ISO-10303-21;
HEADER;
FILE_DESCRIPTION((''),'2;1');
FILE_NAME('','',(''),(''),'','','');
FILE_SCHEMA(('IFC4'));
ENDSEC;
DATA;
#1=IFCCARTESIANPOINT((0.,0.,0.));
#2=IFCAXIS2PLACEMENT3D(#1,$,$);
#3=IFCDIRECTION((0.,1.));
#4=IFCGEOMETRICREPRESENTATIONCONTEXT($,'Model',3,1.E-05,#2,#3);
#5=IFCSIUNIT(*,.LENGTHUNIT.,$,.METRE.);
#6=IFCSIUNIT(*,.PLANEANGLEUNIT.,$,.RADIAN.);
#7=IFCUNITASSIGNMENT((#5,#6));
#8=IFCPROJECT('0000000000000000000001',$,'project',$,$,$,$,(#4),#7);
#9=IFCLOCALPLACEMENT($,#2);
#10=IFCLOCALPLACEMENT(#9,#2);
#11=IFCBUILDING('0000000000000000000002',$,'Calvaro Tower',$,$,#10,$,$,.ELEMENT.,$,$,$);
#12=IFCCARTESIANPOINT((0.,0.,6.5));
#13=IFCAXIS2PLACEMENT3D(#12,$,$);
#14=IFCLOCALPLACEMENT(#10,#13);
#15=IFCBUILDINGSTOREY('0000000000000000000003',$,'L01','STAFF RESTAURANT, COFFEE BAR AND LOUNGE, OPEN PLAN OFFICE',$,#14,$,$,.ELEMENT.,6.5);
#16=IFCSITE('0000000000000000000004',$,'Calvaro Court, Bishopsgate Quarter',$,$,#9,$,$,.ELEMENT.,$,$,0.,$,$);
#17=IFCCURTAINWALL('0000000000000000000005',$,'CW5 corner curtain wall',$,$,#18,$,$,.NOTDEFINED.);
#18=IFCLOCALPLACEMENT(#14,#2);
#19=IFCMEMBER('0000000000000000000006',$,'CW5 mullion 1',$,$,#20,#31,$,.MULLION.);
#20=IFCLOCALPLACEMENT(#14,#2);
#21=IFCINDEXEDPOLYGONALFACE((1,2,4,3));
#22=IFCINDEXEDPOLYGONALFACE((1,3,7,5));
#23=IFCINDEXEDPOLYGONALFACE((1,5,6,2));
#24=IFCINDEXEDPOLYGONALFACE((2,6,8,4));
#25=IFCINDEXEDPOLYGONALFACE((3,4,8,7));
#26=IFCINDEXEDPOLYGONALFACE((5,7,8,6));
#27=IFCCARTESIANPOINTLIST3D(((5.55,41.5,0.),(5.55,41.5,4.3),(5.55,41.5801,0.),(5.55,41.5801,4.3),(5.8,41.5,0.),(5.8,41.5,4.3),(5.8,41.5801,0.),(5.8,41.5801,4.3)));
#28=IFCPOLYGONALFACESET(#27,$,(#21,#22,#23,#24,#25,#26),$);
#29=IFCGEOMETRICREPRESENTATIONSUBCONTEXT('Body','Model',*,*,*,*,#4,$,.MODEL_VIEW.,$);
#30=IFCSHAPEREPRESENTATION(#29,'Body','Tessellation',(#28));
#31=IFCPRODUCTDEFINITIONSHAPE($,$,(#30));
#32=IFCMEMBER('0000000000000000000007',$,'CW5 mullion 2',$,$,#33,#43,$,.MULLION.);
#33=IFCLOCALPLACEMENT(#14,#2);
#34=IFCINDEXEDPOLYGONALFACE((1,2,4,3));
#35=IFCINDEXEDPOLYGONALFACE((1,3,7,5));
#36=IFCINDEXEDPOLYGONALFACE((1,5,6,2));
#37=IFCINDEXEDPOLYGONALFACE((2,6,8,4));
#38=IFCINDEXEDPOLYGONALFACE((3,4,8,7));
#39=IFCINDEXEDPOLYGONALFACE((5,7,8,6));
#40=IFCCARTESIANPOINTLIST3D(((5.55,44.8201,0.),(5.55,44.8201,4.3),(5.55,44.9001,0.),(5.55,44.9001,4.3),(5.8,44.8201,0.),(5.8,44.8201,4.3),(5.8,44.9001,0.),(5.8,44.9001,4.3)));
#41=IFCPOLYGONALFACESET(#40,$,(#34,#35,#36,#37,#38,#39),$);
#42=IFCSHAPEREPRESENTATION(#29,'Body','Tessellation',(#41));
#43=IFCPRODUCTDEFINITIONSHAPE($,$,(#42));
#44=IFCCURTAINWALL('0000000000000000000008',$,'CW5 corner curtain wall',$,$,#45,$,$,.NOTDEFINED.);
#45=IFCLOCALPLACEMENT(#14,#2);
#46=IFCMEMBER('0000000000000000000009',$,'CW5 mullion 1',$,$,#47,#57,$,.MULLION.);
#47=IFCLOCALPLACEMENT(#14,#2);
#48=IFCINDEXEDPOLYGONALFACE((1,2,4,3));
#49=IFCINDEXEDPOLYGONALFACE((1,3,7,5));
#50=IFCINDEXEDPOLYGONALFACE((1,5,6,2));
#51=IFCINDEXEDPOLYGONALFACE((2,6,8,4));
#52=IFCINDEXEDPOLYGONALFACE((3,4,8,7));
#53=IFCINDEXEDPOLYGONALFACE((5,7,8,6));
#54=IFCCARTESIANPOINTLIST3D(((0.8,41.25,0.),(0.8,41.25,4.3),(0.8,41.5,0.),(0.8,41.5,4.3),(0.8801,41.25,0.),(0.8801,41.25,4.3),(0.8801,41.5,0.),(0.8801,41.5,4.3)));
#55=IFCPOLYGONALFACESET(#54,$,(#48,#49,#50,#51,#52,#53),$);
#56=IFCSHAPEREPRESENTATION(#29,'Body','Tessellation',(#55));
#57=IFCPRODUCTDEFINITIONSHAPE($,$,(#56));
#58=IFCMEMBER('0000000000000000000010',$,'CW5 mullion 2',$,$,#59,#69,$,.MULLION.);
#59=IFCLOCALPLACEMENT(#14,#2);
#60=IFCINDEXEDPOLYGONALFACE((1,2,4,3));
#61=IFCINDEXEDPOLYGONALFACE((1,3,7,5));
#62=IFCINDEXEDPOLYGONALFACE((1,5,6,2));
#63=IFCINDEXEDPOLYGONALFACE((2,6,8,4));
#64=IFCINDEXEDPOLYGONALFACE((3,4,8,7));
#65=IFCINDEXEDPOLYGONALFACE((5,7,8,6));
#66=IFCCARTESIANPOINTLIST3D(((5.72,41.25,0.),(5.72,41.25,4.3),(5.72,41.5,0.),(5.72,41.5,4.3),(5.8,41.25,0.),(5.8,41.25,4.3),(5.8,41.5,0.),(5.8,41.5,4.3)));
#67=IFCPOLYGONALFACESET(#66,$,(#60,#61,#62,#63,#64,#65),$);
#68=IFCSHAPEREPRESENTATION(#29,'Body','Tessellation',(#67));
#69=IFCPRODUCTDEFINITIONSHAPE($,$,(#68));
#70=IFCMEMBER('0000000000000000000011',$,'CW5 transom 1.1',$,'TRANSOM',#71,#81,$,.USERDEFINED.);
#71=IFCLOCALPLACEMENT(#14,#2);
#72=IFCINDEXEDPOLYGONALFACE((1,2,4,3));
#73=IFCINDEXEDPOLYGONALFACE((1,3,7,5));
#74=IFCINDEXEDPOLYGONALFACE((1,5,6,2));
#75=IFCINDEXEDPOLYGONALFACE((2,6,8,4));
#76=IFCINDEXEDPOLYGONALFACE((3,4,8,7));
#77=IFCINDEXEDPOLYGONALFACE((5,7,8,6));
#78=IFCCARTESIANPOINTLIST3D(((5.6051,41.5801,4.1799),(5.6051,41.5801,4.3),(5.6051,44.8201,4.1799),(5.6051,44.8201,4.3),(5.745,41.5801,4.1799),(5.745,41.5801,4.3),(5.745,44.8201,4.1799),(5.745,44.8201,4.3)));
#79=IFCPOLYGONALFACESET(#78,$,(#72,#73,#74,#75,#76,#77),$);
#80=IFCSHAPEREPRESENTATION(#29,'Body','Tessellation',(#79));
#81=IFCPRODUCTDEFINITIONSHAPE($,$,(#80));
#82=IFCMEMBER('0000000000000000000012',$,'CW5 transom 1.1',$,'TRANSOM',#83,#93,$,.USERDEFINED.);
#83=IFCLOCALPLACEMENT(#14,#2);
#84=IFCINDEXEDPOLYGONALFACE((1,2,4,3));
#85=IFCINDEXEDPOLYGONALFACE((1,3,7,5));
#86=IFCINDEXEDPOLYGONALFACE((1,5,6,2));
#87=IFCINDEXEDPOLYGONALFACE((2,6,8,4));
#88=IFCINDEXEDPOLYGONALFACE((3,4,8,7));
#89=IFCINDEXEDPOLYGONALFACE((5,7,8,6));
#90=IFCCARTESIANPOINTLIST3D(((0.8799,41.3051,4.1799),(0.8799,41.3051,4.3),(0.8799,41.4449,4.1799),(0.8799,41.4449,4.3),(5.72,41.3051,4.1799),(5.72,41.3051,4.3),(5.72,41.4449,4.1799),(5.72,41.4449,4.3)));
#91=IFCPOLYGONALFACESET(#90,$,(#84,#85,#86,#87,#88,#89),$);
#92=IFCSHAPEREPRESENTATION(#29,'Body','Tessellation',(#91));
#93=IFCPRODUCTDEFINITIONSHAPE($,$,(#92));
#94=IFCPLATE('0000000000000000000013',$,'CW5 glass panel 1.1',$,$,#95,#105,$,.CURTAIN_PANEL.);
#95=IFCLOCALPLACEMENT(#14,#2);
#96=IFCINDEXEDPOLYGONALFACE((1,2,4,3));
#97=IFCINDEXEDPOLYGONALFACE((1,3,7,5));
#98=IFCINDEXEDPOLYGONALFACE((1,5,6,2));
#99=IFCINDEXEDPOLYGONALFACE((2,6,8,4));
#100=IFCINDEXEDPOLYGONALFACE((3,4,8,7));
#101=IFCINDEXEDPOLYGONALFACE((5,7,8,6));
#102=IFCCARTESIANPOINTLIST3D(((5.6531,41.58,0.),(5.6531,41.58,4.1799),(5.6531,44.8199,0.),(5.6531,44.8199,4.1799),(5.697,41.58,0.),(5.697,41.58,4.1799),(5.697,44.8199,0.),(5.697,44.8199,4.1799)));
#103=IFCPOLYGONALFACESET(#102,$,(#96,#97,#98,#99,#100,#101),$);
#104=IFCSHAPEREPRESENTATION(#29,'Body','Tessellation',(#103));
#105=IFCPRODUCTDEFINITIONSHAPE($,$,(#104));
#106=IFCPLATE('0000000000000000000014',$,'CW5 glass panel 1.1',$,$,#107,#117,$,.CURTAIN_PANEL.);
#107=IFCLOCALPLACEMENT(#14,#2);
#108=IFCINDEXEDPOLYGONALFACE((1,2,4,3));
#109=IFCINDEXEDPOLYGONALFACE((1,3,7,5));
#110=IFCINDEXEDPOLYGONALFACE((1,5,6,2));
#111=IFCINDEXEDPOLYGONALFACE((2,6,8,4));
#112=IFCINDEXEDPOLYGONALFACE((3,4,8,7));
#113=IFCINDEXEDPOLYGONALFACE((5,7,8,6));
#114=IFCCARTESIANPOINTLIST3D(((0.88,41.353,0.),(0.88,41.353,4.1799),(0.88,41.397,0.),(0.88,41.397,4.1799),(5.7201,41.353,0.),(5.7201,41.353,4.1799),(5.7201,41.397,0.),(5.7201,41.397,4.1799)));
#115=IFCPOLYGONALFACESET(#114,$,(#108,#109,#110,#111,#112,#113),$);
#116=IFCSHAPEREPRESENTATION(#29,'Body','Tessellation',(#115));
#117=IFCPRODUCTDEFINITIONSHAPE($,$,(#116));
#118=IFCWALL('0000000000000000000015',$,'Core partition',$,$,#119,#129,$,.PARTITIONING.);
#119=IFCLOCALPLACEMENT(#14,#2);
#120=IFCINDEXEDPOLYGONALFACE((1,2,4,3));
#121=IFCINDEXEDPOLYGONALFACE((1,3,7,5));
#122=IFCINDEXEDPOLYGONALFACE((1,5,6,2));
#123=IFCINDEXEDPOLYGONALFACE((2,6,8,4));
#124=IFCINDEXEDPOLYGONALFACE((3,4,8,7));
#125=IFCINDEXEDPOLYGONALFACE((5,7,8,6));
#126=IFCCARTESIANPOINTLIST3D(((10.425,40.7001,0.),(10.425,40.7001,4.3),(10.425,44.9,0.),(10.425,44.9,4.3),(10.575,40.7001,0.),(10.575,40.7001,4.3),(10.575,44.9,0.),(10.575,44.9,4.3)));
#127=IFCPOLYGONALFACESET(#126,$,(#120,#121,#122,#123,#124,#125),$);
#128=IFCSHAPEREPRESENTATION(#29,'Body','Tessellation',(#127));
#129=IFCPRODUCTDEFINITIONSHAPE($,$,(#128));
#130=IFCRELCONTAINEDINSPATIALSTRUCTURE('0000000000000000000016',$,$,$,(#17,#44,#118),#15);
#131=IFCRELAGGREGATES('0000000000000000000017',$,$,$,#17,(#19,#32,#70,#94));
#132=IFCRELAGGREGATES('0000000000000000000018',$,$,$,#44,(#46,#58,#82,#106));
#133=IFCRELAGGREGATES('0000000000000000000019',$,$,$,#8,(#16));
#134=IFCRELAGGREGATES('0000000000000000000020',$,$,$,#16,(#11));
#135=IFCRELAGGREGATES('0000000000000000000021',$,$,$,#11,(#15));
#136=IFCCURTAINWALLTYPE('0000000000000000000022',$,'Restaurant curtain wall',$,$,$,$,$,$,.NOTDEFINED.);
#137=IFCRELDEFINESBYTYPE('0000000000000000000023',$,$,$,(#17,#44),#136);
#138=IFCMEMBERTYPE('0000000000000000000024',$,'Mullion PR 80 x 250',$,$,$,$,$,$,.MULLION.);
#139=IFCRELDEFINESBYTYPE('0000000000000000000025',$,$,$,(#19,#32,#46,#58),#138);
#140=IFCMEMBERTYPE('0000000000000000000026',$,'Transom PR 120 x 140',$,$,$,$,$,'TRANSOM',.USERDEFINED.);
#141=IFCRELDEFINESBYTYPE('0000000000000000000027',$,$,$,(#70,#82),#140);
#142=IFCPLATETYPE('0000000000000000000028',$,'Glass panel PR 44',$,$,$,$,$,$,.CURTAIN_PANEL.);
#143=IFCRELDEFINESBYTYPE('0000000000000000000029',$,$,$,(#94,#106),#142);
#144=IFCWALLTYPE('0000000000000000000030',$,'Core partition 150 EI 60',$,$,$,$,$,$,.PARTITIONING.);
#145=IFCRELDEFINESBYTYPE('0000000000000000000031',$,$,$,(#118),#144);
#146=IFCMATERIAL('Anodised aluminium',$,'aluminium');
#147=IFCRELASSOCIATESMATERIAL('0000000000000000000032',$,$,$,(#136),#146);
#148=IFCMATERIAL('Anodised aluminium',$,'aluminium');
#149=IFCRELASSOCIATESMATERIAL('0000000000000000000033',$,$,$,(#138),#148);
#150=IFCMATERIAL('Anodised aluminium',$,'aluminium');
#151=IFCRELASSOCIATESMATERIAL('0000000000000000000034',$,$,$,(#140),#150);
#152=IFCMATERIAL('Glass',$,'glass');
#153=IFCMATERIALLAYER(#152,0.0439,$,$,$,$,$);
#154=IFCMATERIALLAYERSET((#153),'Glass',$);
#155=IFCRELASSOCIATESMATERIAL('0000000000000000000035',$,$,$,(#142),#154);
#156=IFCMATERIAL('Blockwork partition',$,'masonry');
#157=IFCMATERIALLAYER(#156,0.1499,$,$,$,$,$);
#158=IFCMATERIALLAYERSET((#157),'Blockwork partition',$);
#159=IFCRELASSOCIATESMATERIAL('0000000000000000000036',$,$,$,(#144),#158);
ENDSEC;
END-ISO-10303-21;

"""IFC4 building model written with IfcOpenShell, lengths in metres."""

from ifc_helpers import new_model, si_unit, direction, frame, frame_2d, origin, origin_2d, place, context, subcontext, project, spatial, rectangle, extrude, material, layer, layer_set, material_profile, profile_set, type_object, element, aggregate, save


model = new_model("IFC4")

# Units and contexts
model_context = context("Model", 3, precision=1e-05, world=origin(), true_north=direction((0.0, 1.0)))
body_context = subcontext(model_context, "Body", "Model", "MODEL_VIEW")
ifc_project = project(units=[si_unit("LENGTHUNIT", "METRE"), si_unit("PLANEANGLEUNIT", "RADIAN")], contexts=[model_context])

# Site, building, storey
site_placement = place(None, origin())
site = spatial("IfcSite", under=ifc_project, at=site_placement, Name="Calvaro Court, Bishopsgate Quarter", CompositionType="ELEMENT", RefElevation=0.0)
building_placement = place(site_placement, origin())
building = spatial("IfcBuilding", under=site, at=building_placement, Name="Calvaro Tower", CompositionType="ELEMENT")
storey_placement = place(building_placement, frame((0.0, 0.0, 6.5)))
storey = spatial("IfcBuildingStorey", under=building, at=storey_placement, Name="L01", Description="STAFF RESTAURANT, COFFEE BAR AND LOUNGE, OPEN PLAN OFFICE", CompositionType="ELEMENT", Elevation=6.5)

# Curtain walls, members
ifc_material_1 = material(Name="Anodised aluminium", Category="aluminium")
curtain_wall_type = type_object("IfcCurtainWallType", Name="Restaurant curtain wall", PredefinedType="NOTDEFINED", material=ifc_material_1)
curtain_wall_1_placement = place(storey_placement, origin())
curtain_wall_1 = element("IfcCurtainWall", 1, at=curtain_wall_1_placement, inside=storey, type_object=curtain_wall_type, Name="CW5 corner curtain wall", PredefinedType="NOTDEFINED")
ifc_material_2 = material(Name="Anodised aluminium", Category="aluminium")
ifc_material_profile_1 = material_profile(ifc_material_2, rectangle(XDim=0.25, YDim=0.0801, at=origin_2d()), Name="Mullion PR 80 x 250")
ifc_profile_set_1 = profile_set([ifc_material_profile_1], Name="Anodised aluminium")
member_type_1 = type_object("IfcMemberType", Name="Mullion PR 80 x 250", PredefinedType="MULLION", material=ifc_profile_set_1)
member_1_placement = place(storey_placement, frame((5.675, 41.54, 0.0), z_axis=(0.0, 0.0, 1.0), x_axis=(-1.0, 0.0, 0.0)))
member_1 = element("IfcMember", 2, at=member_1_placement, type_object=member_type_1, Name="CW5 mullion 1", PredefinedType="MULLION", context=body_context, shape_type="SweptSolid", body=[
    extrude(rectangle(XDim=0.25, YDim=0.0801, at=origin_2d()), origin(), (0.0, 0.0, 1.0), 4.3),
])
member_2_placement = place(storey_placement, frame((5.675, 44.8601, 0.0), z_axis=(0.0, 0.0, 1.0), x_axis=(-1.0, 0.0, 0.0)))
member_2 = element("IfcMember", 3, at=member_2_placement, type_object=member_type_1, Name="CW5 mullion 2", PredefinedType="MULLION", context=body_context, shape_type="SweptSolid", body=[
    extrude(rectangle(XDim=0.25, YDim=0.0801, at=origin_2d()), origin(), (0.0, 0.0, 1.0), 4.3),
])
curtain_wall_2_placement = place(storey_placement, origin())
curtain_wall_2 = element("IfcCurtainWall", 4, at=curtain_wall_2_placement, inside=storey, type_object=curtain_wall_type, Name="CW5 corner curtain wall", PredefinedType="NOTDEFINED")
member_3_placement = place(storey_placement, frame((0.8401, 41.375, 0.0), z_axis=(0.0, 0.0, 1.0), x_axis=(0.0, 1.0, 0.0)))
member_3 = element("IfcMember", 5, at=member_3_placement, type_object=member_type_1, Name="CW5 mullion 1", PredefinedType="MULLION", context=body_context, shape_type="SweptSolid", body=[
    extrude(rectangle(XDim=0.25, YDim=0.0801, at=origin_2d()), origin(), (0.0, 0.0, 1.0), 4.3),
])
member_4_placement = place(storey_placement, frame((5.76, 41.375, 0.0), z_axis=(0.0, 0.0, 1.0), x_axis=(0.0, 1.0, 0.0)))
member_4 = element("IfcMember", 6, at=member_4_placement, type_object=member_type_1, Name="CW5 mullion 2", PredefinedType="MULLION", context=body_context, shape_type="SweptSolid", body=[
    extrude(rectangle(XDim=0.25, YDim=0.0801, at=origin_2d()), origin(), (0.0, 0.0, 1.0), 4.3),
])

# Members
ifc_material_3 = material(Name="Anodised aluminium", Category="aluminium")
ifc_material_profile_2 = material_profile(ifc_material_3, rectangle(XDim=0.1399, YDim=0.1201, at=origin_2d()), Name="Transom PR 120 x 140")
ifc_profile_set_2 = profile_set([ifc_material_profile_2], Name="Anodised aluminium")
member_type_2 = type_object("IfcMemberType", Name="Transom PR 120 x 140", ElementType="TRANSOM", PredefinedType="USERDEFINED", material=ifc_profile_set_2)
member_5_placement = place(storey_placement, frame((5.675, 41.5801, 4.24), z_axis=(0.0, 1.0, 0.0), x_axis=(-1.0, 0.0, 0.0)))
member_5 = element("IfcMember", 7, at=member_5_placement, type_object=member_type_2, Name="CW5 transom 1.1", ObjectType="TRANSOM", PredefinedType="USERDEFINED", context=body_context, shape_type="SweptSolid", body=[
    extrude(rectangle(XDim=0.1399, YDim=0.1201, at=origin_2d()), origin(), (0.0, 0.0, 1.0), 3.24),
])
member_6_placement = place(storey_placement, frame((0.8799, 41.375, 4.24), z_axis=(1.0, 0.0, 0.0), x_axis=(0.0, 1.0, 0.0)))
member_6 = element("IfcMember", 8, at=member_6_placement, type_object=member_type_2, Name="CW5 transom 1.1", ObjectType="TRANSOM", PredefinedType="USERDEFINED", context=body_context, shape_type="SweptSolid", body=[
    extrude(rectangle(XDim=0.1399, YDim=0.1201, at=origin_2d()), origin(), (0.0, 0.0, 1.0), 4.8401),
])

# Plates
ifc_material_4 = material(Name="Glass", Category="glass")
ifc_layer_1 = layer(ifc_material_4, 0.0439)
ifc_layer_set_1 = layer_set([ifc_layer_1], Name="Glass")
plate_type = type_object("IfcPlateType", Name="Glass panel PR 44", PredefinedType="CURTAIN_PANEL", material=ifc_layer_set_1)
plate_1_placement = place(storey_placement, frame((5.675, 43.2, 0.0), z_axis=(0.0, 0.0, 1.0), x_axis=(0.0, 1.0, 0.0)))
plate_1 = element("IfcPlate", 9, at=plate_1_placement, type_object=plate_type, Name="CW5 glass panel 1.1", PredefinedType="CURTAIN_PANEL", context=body_context, shape_type="SweptSolid", body=[
    extrude(rectangle(XDim=3.24, YDim=0.0439, at=origin_2d()), origin(), (0.0, 0.0, 1.0), 4.1799),
])
aggregate(curtain_wall_1, [member_1, member_2, member_5, plate_1])
plate_2_placement = place(storey_placement, frame((3.3, 41.375, 0.0), z_axis=(0.0, 0.0, 1.0), x_axis=(1.0, 0.0, 0.0)))
plate_2 = element("IfcPlate", 10, at=plate_2_placement, type_object=plate_type, Name="CW5 glass panel 1.1", PredefinedType="CURTAIN_PANEL", context=body_context, shape_type="SweptSolid", body=[
    extrude(rectangle(XDim=4.8401, YDim=0.0439, at=origin_2d()), origin(), (0.0, 0.0, 1.0), 4.1799),
])
aggregate(curtain_wall_2, [member_3, member_4, member_6, plate_2])

# Wall
ifc_material_5 = material(Name="Blockwork partition", Category="masonry")
ifc_layer_2 = layer(ifc_material_5, 0.1499)
ifc_layer_set_2 = layer_set([ifc_layer_2], Name="Blockwork partition")
wall_type_1 = type_object("IfcWallType", Name="Core partition 150 EI 60", PredefinedType="PARTITIONING", material=ifc_layer_set_2)
wall_1_placement = place(storey_placement, frame((10.5, 40.7, 0.0), z_axis=(0.0, 0.0, 1.0), x_axis=(0.0, 1.0, 0.0)))
element("IfcWall", 11, at=wall_1_placement, inside=storey, type_object=wall_type_1, Name="Core partition", PredefinedType="PARTITIONING", context=body_context, shape_type="SweptSolid", body=[
    extrude(rectangle(XDim=4.2, YDim=0.1499, at=frame_2d((2.1001, 0.0))), origin(), (0.0, 0.0, 1.0), 4.3),
])

save(model, "model.ifc")
